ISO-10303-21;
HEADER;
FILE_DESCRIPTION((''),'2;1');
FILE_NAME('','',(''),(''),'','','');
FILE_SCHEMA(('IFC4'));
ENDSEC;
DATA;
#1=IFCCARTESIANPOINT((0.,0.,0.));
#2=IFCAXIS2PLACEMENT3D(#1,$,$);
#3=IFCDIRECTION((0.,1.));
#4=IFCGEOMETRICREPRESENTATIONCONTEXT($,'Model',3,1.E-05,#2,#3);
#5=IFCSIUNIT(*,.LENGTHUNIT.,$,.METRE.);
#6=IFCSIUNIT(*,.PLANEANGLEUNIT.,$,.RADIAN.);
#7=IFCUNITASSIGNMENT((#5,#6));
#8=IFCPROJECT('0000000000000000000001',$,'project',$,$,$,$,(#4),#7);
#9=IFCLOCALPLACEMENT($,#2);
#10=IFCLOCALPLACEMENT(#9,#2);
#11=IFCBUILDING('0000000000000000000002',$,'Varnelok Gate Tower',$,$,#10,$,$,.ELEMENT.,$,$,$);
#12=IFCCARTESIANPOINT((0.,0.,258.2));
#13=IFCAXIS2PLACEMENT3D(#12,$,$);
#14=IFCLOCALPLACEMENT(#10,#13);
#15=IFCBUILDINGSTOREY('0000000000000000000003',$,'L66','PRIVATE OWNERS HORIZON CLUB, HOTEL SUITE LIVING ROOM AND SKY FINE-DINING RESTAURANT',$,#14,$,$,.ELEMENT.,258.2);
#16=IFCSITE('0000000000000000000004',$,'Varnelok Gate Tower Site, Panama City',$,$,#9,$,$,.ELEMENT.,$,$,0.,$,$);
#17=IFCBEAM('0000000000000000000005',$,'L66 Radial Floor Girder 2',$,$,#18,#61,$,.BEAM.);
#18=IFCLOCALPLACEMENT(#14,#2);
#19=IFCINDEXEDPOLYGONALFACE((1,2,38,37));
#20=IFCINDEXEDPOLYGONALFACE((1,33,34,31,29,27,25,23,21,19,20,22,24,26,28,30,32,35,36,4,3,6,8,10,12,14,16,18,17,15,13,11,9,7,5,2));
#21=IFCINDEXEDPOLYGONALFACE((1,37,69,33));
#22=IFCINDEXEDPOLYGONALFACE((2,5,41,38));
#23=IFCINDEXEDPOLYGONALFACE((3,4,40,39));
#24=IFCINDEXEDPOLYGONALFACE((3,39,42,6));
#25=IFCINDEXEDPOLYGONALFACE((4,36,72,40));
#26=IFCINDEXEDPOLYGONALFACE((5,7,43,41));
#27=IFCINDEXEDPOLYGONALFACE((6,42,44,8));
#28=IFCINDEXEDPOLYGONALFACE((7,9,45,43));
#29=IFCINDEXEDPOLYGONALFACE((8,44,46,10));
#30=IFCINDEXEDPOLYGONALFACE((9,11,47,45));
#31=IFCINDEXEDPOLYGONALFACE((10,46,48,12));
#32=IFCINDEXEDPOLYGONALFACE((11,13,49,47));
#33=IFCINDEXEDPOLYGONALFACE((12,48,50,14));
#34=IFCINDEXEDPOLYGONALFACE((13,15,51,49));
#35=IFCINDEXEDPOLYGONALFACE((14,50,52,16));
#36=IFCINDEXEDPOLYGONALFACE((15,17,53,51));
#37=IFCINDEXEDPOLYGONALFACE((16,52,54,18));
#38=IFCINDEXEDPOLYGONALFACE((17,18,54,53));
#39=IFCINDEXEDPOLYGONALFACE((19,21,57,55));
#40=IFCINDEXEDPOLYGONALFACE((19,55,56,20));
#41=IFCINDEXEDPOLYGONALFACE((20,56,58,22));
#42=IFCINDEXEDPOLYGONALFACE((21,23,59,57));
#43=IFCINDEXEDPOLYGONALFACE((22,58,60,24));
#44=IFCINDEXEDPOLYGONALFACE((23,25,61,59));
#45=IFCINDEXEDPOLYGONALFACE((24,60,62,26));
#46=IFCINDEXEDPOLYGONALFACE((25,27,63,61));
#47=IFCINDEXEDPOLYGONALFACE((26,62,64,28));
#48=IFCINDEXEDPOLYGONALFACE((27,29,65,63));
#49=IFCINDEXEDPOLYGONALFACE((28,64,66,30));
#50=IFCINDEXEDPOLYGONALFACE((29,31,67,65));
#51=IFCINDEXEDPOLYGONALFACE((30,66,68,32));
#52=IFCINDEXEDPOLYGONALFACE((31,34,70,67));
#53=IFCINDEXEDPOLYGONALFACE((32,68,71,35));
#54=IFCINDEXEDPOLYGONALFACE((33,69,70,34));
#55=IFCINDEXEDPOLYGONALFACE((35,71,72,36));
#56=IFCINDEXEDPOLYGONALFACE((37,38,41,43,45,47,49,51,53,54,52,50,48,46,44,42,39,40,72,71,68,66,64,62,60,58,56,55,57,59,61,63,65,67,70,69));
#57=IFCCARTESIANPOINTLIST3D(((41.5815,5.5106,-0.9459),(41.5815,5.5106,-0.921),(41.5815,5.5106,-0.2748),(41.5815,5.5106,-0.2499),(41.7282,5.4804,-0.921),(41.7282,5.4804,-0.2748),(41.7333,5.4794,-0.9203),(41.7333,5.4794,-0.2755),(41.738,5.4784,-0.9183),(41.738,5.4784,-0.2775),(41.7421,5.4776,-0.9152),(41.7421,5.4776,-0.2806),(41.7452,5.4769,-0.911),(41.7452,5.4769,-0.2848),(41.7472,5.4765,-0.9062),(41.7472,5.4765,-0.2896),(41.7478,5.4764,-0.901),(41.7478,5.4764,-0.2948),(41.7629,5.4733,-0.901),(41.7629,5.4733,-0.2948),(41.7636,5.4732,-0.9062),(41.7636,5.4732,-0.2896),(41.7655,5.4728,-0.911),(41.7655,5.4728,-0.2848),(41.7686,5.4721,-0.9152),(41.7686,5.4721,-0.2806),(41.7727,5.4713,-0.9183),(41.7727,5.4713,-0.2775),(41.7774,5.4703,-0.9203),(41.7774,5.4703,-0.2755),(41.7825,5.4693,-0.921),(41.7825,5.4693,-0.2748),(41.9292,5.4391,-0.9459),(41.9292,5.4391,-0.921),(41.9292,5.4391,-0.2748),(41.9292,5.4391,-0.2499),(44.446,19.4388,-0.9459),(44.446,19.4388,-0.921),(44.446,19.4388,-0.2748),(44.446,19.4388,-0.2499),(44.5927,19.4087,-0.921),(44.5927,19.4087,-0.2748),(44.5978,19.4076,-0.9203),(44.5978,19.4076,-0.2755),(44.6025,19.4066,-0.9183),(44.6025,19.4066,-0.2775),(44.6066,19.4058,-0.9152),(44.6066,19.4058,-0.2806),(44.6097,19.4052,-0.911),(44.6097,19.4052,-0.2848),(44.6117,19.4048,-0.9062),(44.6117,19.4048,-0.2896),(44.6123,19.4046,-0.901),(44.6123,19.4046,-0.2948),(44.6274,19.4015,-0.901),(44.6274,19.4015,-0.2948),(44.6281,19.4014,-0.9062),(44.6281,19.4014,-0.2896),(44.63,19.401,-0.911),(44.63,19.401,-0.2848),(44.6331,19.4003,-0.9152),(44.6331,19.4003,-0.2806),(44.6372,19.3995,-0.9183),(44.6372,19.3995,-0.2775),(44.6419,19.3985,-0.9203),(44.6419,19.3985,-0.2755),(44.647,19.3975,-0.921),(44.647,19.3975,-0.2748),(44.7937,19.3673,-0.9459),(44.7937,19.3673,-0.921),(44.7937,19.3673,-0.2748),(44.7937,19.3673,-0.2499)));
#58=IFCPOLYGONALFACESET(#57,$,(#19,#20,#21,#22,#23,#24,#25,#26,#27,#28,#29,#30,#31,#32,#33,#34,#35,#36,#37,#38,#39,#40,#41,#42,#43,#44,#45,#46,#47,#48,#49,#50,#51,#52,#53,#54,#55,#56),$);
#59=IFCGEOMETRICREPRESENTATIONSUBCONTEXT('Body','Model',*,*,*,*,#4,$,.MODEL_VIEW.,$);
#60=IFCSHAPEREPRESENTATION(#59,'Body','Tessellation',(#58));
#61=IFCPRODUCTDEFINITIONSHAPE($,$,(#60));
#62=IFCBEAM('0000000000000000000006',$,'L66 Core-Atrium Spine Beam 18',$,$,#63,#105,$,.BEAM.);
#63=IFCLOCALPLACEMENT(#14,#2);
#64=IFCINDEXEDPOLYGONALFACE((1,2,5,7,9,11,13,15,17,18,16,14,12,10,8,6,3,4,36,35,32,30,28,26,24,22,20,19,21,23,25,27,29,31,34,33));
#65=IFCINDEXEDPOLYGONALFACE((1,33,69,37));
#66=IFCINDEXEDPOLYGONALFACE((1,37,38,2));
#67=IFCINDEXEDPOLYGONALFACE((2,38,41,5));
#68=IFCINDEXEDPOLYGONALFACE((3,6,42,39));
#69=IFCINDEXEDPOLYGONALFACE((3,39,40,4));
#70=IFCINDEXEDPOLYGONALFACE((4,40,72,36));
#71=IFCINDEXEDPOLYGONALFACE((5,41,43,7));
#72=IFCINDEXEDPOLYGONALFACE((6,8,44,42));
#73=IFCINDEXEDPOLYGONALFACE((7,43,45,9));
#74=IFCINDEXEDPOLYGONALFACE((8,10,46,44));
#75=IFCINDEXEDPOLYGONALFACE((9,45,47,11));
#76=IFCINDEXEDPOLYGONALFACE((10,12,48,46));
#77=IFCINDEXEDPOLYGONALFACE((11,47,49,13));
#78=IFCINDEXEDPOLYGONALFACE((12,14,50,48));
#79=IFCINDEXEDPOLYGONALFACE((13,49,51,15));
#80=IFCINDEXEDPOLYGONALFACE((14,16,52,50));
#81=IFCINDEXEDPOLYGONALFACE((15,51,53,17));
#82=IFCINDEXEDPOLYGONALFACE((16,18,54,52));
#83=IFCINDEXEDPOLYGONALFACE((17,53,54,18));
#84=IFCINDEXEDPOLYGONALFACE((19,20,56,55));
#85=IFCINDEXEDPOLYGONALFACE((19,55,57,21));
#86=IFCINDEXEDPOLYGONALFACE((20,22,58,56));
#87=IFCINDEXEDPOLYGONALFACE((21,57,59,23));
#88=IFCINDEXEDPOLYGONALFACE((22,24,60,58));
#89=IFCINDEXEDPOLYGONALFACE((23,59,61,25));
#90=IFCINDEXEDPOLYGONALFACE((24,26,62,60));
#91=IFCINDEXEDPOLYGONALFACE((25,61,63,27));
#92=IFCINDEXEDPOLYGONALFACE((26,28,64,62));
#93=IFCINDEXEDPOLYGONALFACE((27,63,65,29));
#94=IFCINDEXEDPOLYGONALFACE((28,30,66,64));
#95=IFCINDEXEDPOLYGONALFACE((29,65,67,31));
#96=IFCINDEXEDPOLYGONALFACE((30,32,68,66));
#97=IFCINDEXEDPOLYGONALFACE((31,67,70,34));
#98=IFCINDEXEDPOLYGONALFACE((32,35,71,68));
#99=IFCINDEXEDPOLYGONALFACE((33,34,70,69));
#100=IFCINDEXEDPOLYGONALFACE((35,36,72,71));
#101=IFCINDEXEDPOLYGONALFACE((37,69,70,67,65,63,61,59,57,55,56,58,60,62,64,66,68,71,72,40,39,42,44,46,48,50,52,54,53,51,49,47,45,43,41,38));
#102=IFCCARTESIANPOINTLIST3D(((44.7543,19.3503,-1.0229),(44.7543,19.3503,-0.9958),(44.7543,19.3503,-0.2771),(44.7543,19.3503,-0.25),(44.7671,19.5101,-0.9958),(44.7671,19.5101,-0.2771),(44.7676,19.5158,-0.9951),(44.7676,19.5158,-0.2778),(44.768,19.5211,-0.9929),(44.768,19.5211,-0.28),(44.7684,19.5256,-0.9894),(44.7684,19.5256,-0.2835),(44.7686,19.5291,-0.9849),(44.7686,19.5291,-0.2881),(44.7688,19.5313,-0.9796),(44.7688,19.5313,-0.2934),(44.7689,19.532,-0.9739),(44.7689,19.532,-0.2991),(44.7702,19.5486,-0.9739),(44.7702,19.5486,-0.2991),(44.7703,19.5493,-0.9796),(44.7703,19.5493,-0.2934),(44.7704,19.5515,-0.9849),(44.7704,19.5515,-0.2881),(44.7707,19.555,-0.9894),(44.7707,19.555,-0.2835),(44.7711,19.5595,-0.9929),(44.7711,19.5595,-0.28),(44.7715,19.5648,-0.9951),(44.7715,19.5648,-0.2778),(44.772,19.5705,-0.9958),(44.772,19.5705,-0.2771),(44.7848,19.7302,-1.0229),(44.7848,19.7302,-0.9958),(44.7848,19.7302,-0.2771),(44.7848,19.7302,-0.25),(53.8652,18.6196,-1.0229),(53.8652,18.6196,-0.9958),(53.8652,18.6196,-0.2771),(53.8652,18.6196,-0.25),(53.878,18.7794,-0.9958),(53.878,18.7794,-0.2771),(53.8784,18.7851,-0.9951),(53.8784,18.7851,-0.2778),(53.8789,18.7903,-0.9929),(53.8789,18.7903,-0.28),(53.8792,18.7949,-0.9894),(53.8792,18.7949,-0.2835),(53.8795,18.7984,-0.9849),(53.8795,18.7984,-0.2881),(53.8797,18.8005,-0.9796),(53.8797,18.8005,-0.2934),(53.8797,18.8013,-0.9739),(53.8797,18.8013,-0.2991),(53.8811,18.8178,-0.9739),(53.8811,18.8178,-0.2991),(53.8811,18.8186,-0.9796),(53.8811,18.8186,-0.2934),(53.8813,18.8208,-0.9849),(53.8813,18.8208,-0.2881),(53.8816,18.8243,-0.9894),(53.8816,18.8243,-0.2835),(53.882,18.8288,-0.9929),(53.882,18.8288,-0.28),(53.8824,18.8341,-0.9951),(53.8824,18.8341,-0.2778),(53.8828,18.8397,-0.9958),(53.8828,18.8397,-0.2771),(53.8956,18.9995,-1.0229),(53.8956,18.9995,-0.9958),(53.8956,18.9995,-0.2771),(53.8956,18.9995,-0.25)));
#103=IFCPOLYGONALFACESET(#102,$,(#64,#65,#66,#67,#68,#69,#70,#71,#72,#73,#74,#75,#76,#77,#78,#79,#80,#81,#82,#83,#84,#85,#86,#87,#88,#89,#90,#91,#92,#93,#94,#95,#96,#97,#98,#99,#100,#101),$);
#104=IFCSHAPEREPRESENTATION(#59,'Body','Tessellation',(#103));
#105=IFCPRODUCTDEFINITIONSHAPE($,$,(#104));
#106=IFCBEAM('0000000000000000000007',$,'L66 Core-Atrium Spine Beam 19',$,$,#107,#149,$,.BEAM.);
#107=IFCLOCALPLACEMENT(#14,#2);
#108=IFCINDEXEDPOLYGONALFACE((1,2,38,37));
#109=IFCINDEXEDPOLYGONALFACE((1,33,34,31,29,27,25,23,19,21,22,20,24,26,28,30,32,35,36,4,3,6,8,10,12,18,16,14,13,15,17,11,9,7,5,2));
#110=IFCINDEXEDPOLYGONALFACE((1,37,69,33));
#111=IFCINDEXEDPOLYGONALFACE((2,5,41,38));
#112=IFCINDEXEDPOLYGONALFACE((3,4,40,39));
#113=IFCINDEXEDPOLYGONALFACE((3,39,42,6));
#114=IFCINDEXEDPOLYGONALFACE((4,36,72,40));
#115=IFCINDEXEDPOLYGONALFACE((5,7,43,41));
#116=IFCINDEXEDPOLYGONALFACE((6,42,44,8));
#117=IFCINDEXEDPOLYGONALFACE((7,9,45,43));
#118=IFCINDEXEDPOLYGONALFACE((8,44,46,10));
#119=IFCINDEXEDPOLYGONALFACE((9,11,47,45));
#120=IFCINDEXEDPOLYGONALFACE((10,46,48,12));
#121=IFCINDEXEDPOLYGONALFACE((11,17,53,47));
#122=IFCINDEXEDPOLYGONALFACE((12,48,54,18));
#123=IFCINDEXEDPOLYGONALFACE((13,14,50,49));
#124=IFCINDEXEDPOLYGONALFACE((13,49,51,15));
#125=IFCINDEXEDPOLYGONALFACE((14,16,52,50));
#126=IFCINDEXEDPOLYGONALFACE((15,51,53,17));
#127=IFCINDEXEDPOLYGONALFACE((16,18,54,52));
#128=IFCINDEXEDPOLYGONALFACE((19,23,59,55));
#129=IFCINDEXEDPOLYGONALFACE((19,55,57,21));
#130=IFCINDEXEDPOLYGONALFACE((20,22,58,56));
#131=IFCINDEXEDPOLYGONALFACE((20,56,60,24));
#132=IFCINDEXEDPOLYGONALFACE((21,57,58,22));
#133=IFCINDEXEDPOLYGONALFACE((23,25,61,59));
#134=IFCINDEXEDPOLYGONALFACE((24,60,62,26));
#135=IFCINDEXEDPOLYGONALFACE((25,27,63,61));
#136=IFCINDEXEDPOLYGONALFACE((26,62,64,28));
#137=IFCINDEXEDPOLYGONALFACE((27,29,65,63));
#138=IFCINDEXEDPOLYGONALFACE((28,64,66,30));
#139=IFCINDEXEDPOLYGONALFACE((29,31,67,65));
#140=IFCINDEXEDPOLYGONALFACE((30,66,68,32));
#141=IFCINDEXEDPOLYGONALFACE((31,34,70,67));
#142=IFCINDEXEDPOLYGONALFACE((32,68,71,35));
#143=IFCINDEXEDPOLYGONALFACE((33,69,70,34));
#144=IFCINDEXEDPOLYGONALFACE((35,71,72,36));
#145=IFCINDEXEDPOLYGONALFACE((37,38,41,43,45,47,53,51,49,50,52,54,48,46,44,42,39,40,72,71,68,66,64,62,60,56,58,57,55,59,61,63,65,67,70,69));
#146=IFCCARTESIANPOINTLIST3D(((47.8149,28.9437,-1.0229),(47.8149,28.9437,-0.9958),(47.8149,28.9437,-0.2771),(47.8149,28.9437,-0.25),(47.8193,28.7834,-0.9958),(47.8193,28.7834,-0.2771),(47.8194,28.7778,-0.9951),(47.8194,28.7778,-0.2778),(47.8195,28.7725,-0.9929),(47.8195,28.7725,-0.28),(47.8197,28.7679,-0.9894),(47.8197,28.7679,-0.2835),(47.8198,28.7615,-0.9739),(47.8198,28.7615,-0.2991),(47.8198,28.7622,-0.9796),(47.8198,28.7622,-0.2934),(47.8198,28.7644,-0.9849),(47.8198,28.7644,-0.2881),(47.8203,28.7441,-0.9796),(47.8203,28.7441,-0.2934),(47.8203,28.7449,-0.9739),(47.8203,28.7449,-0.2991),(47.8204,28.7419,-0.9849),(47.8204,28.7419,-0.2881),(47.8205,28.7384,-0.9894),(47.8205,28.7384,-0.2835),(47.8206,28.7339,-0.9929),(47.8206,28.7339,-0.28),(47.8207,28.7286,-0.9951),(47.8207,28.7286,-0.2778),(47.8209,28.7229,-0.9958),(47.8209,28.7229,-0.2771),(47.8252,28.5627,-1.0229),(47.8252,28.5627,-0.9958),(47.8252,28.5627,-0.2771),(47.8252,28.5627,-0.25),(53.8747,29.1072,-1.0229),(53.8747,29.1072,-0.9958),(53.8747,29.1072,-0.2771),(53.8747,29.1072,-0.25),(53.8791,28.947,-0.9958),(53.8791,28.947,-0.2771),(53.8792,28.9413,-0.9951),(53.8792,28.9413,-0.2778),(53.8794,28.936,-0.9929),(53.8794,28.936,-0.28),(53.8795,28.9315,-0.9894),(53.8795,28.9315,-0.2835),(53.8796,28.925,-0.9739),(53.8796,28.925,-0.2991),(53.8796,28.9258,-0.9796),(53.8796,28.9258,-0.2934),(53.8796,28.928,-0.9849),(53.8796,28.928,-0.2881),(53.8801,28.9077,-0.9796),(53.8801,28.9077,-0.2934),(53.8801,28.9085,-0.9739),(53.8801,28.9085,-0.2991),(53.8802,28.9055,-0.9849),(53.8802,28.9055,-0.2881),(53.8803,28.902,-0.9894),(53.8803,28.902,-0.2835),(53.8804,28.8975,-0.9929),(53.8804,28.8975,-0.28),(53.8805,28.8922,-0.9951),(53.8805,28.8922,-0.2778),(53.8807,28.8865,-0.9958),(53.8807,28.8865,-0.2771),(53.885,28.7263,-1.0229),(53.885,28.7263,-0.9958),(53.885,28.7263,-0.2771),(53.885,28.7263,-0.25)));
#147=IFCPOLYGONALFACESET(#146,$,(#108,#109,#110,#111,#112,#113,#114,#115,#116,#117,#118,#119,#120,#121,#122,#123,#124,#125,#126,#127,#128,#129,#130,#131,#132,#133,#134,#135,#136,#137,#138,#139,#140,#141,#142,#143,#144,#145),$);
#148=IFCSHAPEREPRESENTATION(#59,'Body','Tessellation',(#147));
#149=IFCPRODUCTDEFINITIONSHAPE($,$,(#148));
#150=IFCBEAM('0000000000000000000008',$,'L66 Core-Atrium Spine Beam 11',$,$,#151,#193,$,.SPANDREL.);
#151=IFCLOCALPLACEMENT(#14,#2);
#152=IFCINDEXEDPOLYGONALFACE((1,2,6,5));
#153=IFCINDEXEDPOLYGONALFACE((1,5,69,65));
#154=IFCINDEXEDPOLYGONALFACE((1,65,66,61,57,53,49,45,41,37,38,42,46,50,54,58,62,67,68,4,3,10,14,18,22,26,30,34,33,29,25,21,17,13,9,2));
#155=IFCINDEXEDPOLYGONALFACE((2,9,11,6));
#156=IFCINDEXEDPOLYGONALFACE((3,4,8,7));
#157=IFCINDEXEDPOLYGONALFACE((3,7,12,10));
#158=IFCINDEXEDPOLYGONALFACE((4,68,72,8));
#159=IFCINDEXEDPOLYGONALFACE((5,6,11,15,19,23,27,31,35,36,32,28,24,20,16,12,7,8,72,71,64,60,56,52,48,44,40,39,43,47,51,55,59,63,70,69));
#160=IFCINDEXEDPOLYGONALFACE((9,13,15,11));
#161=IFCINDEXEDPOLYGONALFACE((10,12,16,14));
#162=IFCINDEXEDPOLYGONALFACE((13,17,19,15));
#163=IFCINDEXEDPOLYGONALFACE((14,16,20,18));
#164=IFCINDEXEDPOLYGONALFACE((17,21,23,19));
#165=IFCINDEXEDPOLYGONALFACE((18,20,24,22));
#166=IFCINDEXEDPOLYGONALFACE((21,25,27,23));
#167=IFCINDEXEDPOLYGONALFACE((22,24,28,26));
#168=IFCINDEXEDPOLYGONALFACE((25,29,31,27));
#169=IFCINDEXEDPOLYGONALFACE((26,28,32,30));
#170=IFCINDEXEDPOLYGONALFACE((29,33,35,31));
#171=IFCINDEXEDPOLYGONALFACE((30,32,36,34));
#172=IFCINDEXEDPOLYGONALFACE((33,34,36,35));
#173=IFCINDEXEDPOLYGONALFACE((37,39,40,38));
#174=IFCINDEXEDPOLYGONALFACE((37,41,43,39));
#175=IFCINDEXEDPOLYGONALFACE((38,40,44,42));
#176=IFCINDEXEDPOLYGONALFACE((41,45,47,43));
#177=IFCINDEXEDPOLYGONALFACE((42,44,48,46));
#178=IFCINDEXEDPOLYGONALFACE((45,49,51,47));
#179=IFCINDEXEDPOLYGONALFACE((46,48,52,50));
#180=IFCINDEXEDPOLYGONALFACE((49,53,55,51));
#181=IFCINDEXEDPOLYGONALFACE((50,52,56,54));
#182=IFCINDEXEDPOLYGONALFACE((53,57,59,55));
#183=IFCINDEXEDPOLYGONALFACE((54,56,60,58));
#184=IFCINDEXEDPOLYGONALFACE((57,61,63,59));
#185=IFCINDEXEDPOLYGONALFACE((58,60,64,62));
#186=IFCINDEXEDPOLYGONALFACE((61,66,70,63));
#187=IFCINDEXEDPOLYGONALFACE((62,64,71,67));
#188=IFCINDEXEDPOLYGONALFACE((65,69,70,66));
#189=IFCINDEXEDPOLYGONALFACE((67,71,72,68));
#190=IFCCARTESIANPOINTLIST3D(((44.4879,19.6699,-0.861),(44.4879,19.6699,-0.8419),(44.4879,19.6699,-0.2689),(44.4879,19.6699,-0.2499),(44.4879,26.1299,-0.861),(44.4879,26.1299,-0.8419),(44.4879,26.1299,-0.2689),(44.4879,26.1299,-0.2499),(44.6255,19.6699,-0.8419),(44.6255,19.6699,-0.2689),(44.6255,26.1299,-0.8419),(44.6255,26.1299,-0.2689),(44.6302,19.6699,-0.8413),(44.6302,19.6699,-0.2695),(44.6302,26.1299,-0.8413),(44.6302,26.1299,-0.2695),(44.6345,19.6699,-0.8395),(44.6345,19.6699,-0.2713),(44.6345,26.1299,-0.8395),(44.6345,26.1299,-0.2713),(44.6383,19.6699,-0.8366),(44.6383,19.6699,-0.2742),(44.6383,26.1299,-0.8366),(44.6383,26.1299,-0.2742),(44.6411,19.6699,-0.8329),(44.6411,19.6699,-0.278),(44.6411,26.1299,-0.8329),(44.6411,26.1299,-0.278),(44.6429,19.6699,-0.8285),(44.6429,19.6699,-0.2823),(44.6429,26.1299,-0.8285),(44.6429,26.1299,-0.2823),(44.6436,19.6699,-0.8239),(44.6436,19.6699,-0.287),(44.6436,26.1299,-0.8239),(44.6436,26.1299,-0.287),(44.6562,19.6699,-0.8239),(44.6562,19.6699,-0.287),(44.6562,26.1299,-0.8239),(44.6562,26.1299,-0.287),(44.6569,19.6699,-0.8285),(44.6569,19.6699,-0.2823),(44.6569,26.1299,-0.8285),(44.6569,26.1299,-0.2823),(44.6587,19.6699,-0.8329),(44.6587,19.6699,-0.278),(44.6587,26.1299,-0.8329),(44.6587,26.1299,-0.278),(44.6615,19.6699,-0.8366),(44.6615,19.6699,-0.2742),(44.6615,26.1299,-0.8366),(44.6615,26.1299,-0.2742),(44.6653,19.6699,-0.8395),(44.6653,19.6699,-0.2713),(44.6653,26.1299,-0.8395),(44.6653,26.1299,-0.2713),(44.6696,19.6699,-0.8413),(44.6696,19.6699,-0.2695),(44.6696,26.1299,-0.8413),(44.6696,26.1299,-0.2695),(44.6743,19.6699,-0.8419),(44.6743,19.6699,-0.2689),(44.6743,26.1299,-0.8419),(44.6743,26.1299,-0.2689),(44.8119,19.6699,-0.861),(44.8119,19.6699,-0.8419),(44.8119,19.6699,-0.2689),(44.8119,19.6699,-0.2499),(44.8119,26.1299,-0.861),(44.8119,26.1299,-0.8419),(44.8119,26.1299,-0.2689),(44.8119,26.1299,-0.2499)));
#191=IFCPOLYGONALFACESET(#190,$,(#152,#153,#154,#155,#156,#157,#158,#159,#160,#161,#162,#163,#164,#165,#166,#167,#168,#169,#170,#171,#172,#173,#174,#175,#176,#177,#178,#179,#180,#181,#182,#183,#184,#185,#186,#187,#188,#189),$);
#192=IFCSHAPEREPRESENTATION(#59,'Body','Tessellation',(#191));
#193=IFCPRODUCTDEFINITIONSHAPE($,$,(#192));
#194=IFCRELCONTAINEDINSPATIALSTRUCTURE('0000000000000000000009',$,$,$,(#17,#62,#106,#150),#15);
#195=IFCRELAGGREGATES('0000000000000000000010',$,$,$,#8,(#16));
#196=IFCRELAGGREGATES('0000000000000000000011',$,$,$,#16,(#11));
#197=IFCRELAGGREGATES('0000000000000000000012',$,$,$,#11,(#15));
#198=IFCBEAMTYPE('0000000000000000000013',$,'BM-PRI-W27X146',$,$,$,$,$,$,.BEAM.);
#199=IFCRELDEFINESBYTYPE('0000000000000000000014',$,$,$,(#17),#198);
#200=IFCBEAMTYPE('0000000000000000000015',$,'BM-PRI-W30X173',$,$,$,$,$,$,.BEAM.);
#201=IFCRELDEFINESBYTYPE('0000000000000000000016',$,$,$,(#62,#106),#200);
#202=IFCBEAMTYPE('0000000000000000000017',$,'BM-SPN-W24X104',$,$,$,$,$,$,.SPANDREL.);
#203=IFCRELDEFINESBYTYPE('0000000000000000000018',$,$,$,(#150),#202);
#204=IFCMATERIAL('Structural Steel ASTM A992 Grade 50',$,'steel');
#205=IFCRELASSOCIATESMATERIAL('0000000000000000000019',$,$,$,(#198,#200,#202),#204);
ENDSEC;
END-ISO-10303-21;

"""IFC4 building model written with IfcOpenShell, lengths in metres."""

from ifc_helpers import new_model, si_unit, direction, frame, origin, origin_2d, place, context, subcontext, project, spatial, i_section, extrude, material, material_profile, profile_set, type_object, element, save


model = new_model("IFC4")

# Units and contexts
model_context = context("Model", 3, precision=1e-05, world=origin(), true_north=direction((0.0, 1.0)))
body_context = subcontext(model_context, "Body", "Model", "MODEL_VIEW")
ifc_project = project(units=[si_unit("LENGTHUNIT", "METRE"), si_unit("PLANEANGLEUNIT", "RADIAN")], contexts=[model_context])

# Site, building, storey
site_placement = place(None, origin())
site = spatial("IfcSite", under=ifc_project, at=site_placement, Name="Varnelok Gate Tower Site, Panama City", CompositionType="ELEMENT", RefElevation=0.0)
building_placement = place(site_placement, origin())
building = spatial("IfcBuilding", under=site, at=building_placement, Name="Varnelok Gate Tower", CompositionType="ELEMENT")
storey_placement = place(building_placement, frame((0.0, 0.0, 258.2)))
storey = spatial("IfcBuildingStorey", under=building, at=storey_placement, Name="L66", Description="PRIVATE OWNERS HORIZON CLUB, HOTEL SUITE LIVING ROOM AND SKY FINE-DINING RESTAURANT", CompositionType="ELEMENT", Elevation=258.2)

# Shared definitions
ifc_material_1 = material(Name="Structural Steel ASTM A992 Grade 50", Category="steel")

# Beams
ifc_material_profile_1 = material_profile(ifc_material_1, i_section(OverallWidth=0.355, OverallDepth=0.696, WebThickness=0.0154, FlangeThickness=0.0249, FilletRadius=0.02, at=origin_2d()), Name="W27X146")
ifc_profile_set_1 = profile_set([ifc_material_profile_1], Name="Structural Steel ASTM A992 Grade 50")
beam_type_1 = type_object("IfcBeamType", Name="BM-PRI-W27X146", PredefinedType="BEAM", material=ifc_profile_set_1)
beam_1_placement = place(storey_placement, frame((44.6199, 19.4031, -0.5979), z_axis=(-0.201446, -0.9795, 0.0), x_axis=(0.9795, -0.201446, 0.0)))
element("IfcBeam", 1, at=beam_1_placement, inside=storey, type_object=beam_type_1, Name="L66 Radial Floor Girder 2", PredefinedType="BEAM", context=body_context, shape_type="SweptSolid", body=[
    extrude(i_section(OverallWidth=0.355, OverallDepth=0.696, WebThickness=0.0154, FlangeThickness=0.0249, FilletRadius=0.02, at=origin_2d()), origin(), (0.0, 0.0, 1.0), 14.2197),
])
ifc_material_profile_2 = material_profile(ifc_material_1, i_section(OverallWidth=0.3811, OverallDepth=0.7729, WebThickness=0.0166, FlangeThickness=0.0271, FilletRadius=0.022, at=origin_2d()), Name="W30X173")
ifc_profile_set_2 = profile_set([ifc_material_profile_2], Name="Structural Steel ASTM A992 Grade 50")
beam_type_2 = type_object("IfcBeamType", Name="BM-PRI-W30X173", PredefinedType="BEAM", material=ifc_profile_set_2)
beam_2_placement = place(storey_placement, frame((44.7695, 19.5403, -0.6365), z_axis=(0.996799, -0.079946, 0.0), x_axis=(0.079946, 0.996799, 0.0)))
element("IfcBeam", 2, at=beam_2_placement, inside=storey, type_object=beam_type_2, Name="L66 Core-Atrium Spine Beam 18", PredefinedType="BEAM", context=body_context, shape_type="SweptSolid", body=[
    extrude(i_section(OverallWidth=0.3811, OverallDepth=0.7729, WebThickness=0.0166, FlangeThickness=0.0271, FilletRadius=0.022, at=origin_2d()), origin(), (0.0, 0.0, 1.0), 9.1401),
])
beam_3_placement = place(storey_placement, frame((47.8201, 28.7532, -0.6365), z_axis=(0.999636, 0.026983, 0.0), x_axis=(-0.026983, 0.999636, 0.0)))
element("IfcBeam", 3, at=beam_3_placement, inside=storey, type_object=beam_type_2, Name="L66 Core-Atrium Spine Beam 19", PredefinedType="BEAM", context=body_context, shape_type="SweptSolid", body=[
    extrude(i_section(OverallWidth=0.3811, OverallDepth=0.7729, WebThickness=0.0166, FlangeThickness=0.0271, FilletRadius=0.022, at=origin_2d()), origin(), (0.0, 0.0, 1.0), 6.062),
])
ifc_material_profile_3 = material_profile(ifc_material_1, i_section(OverallWidth=0.324, OverallDepth=0.6111, WebThickness=0.0127, FlangeThickness=0.019, FilletRadius=0.0181, at=origin_2d()), Name="W24X104")
ifc_profile_set_3 = profile_set([ifc_material_profile_3], Name="Structural Steel ASTM A992 Grade 50")
beam_type_3 = type_object("IfcBeamType", Name="BM-SPN-W24X104", PredefinedType="SPANDREL", material=ifc_profile_set_3)
beam_4_placement = place(storey_placement, frame((44.6499, 19.6699, -0.5554), z_axis=(0.0, 1.0, 0.0), x_axis=(-1.0, 0.0, 0.0)))
element("IfcBeam", 4, at=beam_4_placement, inside=storey, type_object=beam_type_3, Name="L66 Core-Atrium Spine Beam 11", PredefinedType="SPANDREL", context=body_context, shape_type="SweptSolid", body=[
    extrude(i_section(OverallWidth=0.324, OverallDepth=0.6111, WebThickness=0.0127, FlangeThickness=0.019, FilletRadius=0.0181, at=origin_2d()), origin(), (0.0, 0.0, 1.0), 6.46),
])

save(model, "model.ifc")
